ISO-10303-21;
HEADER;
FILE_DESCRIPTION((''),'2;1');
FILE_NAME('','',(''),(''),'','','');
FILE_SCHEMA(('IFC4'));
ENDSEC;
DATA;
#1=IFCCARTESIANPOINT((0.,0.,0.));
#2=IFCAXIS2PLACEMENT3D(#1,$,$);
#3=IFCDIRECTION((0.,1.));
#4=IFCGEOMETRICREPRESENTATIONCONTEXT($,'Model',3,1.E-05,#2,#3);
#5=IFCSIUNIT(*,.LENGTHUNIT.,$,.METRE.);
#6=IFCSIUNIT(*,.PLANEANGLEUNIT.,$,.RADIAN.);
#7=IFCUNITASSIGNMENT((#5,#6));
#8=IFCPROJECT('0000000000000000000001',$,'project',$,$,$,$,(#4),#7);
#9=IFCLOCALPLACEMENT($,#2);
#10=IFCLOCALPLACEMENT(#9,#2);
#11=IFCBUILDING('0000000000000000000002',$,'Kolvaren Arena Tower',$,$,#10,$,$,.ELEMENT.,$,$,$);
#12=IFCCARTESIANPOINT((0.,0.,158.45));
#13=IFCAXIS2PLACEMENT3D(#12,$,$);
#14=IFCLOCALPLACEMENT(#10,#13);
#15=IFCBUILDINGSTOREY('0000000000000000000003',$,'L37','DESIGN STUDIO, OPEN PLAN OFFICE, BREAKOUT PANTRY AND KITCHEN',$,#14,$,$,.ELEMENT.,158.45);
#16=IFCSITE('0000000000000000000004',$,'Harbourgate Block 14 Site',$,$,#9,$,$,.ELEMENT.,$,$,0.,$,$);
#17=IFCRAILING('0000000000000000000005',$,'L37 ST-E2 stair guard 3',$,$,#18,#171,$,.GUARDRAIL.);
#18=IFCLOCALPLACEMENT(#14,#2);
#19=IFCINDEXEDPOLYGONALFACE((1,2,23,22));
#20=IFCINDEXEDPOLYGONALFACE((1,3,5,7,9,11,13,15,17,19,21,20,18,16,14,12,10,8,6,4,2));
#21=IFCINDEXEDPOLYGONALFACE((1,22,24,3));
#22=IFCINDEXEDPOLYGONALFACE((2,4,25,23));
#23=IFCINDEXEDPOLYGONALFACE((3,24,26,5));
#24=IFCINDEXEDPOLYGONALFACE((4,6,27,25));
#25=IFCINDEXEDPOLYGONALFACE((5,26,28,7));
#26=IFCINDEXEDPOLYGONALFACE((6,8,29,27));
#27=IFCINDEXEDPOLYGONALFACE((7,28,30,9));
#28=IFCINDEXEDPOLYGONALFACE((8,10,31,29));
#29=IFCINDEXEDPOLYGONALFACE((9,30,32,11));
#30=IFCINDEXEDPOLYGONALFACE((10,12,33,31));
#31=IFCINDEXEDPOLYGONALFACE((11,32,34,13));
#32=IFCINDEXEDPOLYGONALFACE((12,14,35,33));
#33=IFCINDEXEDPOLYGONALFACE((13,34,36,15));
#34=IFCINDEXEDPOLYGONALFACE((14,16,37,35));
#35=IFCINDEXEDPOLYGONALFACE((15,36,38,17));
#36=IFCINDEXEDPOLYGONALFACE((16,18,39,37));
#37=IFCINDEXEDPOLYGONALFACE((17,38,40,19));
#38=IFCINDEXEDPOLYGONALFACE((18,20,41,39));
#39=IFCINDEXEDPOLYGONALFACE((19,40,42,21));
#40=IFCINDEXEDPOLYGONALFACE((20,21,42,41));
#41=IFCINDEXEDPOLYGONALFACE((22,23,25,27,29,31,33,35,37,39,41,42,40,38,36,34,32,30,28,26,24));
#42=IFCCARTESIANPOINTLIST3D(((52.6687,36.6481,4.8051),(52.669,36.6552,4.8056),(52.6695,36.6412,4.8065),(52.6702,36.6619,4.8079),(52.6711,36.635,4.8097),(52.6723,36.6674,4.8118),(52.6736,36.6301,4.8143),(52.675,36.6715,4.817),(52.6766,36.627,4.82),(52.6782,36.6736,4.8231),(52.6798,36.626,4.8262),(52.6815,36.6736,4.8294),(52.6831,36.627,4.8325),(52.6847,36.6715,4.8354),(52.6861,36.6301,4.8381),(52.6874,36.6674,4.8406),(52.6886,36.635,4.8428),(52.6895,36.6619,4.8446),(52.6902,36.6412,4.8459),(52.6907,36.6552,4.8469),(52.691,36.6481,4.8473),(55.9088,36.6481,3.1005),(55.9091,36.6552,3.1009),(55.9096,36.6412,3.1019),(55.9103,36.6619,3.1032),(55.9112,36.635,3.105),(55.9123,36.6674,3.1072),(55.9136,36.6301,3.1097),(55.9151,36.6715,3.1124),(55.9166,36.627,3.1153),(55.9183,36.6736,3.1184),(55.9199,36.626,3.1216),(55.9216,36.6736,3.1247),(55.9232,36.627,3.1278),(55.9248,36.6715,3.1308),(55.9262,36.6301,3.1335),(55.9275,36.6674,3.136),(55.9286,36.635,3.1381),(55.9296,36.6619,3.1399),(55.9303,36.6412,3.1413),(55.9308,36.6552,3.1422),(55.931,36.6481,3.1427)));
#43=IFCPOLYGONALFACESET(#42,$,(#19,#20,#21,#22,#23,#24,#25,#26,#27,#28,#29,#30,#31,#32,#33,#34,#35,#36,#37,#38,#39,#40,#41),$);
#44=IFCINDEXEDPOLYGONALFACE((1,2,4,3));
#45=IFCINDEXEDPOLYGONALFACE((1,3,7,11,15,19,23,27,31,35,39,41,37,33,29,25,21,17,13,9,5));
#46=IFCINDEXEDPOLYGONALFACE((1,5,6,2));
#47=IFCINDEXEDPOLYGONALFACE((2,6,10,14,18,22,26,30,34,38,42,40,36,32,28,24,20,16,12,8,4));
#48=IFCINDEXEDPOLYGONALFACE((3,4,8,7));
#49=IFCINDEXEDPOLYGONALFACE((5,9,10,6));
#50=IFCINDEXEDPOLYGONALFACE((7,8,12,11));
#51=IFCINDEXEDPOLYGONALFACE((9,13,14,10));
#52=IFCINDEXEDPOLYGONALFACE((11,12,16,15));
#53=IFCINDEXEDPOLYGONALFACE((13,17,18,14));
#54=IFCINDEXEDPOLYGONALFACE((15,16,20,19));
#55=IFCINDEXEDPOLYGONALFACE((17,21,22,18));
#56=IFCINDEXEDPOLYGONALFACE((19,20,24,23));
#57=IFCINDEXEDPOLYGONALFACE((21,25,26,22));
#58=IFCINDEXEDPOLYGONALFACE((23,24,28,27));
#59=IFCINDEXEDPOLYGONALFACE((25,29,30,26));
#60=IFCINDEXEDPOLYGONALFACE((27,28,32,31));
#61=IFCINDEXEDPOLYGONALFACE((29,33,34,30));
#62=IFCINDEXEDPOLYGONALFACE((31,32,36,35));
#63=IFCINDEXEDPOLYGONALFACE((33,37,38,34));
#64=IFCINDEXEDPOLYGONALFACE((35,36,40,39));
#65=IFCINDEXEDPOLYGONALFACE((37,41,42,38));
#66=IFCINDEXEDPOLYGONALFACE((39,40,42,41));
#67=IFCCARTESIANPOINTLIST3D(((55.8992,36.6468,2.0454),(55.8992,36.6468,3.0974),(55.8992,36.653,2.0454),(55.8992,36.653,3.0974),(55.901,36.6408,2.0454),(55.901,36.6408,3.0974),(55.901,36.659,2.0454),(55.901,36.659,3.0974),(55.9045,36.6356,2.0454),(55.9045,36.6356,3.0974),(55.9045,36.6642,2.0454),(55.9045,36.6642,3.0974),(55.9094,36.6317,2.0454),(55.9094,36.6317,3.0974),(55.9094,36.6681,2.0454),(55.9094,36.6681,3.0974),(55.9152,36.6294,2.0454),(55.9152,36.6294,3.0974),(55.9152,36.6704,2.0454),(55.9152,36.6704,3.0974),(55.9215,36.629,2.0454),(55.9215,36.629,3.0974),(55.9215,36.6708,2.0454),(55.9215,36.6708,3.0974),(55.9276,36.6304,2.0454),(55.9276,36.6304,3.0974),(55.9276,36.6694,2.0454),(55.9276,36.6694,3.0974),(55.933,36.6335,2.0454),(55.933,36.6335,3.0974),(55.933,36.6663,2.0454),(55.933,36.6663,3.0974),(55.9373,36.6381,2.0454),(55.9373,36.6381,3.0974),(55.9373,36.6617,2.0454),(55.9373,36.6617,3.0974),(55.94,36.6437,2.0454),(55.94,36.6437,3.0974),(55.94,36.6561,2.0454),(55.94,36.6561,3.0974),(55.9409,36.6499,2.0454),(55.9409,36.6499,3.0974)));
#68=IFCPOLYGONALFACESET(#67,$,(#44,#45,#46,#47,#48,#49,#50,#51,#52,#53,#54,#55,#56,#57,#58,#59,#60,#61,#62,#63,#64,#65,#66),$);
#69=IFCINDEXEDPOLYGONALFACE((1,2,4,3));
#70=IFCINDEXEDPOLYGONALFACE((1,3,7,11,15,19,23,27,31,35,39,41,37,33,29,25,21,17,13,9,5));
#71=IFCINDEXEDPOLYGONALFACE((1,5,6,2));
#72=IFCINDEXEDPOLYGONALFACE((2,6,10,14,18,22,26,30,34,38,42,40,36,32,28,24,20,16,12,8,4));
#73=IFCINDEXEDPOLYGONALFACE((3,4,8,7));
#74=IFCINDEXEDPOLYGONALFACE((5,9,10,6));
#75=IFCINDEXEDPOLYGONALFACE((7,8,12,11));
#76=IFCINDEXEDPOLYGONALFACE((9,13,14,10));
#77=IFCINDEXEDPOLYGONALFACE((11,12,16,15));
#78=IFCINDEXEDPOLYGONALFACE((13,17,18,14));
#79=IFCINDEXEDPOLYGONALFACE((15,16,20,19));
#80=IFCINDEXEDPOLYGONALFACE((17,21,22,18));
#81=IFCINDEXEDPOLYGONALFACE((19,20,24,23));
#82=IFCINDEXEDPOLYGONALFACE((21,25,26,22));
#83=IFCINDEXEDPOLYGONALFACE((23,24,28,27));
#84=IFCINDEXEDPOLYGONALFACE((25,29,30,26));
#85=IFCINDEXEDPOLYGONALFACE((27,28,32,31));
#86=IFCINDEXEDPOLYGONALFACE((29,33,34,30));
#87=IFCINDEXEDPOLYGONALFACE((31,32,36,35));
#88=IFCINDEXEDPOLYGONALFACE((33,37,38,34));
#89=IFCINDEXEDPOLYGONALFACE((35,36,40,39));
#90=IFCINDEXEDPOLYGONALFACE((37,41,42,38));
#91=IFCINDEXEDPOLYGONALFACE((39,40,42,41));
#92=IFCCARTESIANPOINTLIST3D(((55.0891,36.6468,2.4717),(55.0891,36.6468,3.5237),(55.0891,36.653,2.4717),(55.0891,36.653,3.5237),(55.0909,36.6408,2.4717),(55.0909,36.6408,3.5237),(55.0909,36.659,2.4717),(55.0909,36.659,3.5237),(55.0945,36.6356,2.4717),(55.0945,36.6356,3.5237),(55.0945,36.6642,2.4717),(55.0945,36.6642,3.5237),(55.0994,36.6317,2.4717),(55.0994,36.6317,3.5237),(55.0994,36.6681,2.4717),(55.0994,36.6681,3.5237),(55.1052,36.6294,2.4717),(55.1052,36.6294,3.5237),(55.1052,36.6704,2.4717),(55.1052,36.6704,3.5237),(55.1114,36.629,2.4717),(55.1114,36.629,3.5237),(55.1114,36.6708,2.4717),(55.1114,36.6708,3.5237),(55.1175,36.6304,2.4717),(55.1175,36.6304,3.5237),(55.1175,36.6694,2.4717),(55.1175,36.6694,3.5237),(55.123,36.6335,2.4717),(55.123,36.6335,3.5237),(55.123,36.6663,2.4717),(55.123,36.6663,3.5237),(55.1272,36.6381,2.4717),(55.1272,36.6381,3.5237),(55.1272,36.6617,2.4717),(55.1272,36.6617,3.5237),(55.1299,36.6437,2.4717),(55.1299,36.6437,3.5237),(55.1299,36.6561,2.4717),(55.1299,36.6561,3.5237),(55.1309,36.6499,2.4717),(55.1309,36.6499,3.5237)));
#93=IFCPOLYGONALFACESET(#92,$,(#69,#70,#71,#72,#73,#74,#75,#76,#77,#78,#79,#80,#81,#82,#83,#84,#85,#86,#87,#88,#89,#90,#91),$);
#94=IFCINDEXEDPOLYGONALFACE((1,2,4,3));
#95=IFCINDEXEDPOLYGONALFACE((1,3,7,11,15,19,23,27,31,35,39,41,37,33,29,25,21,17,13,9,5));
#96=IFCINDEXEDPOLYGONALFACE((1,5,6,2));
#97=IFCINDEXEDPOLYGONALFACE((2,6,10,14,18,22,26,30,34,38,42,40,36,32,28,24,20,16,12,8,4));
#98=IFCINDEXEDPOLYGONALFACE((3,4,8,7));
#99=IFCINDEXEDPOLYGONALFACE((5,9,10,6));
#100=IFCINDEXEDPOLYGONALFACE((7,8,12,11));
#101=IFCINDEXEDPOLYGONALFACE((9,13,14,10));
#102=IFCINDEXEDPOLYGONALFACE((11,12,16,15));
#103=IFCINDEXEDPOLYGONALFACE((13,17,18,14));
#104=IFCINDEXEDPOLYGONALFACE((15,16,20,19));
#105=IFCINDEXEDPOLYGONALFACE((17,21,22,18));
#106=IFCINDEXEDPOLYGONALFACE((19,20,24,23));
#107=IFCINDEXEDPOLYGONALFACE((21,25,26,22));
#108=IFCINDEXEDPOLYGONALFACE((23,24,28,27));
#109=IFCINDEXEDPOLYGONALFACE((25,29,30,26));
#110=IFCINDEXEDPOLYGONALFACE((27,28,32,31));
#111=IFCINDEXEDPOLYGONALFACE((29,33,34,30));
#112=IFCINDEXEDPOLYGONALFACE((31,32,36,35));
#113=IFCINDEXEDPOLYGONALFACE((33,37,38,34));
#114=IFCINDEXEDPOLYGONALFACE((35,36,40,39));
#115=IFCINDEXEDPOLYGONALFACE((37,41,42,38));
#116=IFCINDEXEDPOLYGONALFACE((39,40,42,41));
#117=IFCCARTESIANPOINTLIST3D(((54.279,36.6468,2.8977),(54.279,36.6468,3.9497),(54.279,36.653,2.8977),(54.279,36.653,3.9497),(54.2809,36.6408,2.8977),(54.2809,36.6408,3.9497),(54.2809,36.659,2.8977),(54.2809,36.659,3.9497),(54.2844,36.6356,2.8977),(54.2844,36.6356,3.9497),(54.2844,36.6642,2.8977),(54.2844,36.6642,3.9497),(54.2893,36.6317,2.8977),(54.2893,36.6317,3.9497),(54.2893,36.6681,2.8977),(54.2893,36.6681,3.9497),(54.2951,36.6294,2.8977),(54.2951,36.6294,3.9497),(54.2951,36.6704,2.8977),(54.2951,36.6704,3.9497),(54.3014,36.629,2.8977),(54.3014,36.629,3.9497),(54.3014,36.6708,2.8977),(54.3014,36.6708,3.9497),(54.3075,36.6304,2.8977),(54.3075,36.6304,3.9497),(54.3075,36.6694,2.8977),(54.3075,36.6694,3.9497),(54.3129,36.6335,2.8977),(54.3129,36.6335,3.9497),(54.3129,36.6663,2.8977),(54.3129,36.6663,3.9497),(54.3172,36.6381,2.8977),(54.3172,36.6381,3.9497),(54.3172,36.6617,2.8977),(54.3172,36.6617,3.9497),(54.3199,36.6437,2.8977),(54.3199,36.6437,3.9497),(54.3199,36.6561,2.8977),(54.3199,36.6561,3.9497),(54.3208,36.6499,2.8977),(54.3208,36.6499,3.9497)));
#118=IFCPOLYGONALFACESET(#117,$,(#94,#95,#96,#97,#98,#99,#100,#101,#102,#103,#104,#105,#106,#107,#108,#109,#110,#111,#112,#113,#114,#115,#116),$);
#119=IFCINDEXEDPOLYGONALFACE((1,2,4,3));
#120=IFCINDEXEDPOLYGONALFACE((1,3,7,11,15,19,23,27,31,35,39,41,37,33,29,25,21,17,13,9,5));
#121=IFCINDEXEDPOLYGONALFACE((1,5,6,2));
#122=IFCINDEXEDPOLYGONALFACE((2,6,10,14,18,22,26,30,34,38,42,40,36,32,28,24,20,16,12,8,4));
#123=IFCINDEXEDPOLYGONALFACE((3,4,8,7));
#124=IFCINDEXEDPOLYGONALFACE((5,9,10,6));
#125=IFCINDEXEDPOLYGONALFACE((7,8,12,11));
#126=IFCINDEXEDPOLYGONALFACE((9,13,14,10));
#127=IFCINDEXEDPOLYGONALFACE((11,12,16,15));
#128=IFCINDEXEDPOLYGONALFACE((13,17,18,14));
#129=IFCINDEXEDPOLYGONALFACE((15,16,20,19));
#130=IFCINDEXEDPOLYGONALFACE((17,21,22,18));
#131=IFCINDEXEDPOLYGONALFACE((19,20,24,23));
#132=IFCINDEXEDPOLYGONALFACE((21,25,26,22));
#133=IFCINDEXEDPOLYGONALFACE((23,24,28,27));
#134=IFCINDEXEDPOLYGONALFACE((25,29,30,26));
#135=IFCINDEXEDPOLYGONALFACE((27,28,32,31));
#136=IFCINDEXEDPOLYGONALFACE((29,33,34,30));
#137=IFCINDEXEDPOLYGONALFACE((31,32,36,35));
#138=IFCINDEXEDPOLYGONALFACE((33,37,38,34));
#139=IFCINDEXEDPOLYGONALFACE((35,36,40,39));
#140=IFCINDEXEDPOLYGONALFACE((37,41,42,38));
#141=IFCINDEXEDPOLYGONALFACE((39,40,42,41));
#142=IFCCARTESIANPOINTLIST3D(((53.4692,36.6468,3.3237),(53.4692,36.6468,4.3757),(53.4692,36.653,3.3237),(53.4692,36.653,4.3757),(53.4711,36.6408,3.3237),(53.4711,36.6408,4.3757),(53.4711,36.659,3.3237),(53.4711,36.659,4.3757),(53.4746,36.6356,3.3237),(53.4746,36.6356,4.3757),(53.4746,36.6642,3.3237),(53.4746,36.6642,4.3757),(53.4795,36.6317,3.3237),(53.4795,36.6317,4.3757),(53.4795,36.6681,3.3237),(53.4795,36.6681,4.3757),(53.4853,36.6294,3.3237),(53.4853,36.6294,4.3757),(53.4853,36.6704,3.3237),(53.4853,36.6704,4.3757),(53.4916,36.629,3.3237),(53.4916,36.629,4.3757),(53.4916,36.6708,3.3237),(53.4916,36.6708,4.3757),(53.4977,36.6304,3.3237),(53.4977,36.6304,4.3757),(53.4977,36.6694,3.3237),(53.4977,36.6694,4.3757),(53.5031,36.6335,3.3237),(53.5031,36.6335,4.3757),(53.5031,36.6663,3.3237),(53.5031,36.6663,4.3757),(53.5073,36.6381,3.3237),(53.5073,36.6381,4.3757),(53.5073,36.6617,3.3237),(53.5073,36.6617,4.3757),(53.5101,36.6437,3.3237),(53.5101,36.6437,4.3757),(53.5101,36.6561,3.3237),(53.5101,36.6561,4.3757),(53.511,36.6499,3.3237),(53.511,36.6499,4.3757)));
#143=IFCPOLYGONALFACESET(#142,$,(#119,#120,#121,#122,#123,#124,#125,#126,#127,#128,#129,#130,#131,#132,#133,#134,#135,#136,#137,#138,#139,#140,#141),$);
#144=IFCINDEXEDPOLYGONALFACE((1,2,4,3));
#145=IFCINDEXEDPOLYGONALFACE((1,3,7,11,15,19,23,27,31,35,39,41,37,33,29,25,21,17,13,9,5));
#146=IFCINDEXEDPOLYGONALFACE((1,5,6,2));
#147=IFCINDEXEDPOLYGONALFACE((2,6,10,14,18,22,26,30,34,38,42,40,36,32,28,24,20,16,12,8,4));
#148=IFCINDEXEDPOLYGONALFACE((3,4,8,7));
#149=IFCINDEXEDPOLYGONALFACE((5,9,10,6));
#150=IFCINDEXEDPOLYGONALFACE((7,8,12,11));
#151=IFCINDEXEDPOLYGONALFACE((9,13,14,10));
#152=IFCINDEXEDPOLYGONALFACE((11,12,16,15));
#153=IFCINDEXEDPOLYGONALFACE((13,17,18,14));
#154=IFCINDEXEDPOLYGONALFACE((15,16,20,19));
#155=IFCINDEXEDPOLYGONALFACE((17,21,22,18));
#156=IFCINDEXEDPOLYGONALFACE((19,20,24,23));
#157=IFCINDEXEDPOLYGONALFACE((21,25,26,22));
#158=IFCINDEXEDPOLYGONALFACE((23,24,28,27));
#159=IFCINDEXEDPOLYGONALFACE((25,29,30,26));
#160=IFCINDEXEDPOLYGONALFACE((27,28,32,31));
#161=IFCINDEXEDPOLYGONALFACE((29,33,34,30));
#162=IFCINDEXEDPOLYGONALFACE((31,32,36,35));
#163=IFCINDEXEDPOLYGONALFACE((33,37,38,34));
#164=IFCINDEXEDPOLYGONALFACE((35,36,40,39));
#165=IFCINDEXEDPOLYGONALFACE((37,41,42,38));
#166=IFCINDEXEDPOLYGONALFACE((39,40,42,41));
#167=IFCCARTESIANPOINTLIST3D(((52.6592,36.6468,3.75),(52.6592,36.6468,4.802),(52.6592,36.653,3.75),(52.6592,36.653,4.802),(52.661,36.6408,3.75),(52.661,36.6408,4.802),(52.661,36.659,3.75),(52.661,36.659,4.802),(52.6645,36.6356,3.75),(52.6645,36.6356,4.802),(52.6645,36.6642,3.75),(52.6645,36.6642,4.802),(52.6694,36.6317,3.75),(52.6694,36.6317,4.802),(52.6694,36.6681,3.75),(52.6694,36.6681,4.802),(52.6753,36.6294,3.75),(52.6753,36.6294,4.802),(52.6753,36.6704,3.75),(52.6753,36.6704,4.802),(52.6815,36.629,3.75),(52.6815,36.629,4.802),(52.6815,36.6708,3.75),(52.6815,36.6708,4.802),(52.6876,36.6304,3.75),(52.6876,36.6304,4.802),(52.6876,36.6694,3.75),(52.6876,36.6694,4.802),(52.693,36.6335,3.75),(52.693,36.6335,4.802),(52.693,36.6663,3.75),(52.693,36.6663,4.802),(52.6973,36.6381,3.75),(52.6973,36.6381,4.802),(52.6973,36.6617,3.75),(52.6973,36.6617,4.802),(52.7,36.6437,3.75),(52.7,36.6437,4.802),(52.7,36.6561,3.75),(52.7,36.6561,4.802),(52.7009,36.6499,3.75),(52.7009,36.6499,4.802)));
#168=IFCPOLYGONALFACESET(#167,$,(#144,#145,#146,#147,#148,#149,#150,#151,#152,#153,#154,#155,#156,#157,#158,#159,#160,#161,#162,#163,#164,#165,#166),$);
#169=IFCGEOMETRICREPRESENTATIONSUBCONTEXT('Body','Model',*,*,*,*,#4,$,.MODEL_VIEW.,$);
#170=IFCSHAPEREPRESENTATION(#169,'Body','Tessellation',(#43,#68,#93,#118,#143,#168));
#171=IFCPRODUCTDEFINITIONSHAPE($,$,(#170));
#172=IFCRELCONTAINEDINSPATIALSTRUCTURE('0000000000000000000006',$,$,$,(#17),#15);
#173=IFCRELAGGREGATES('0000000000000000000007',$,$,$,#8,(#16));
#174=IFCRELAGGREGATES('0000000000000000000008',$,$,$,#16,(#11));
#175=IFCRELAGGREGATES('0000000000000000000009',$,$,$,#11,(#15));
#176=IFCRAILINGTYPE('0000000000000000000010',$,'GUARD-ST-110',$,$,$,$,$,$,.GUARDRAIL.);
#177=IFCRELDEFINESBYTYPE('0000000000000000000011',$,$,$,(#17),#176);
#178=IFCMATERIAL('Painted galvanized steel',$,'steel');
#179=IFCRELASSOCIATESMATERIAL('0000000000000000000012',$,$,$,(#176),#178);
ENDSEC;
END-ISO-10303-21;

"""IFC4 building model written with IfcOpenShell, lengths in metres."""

from ifc_helpers import new_model, si_unit, direction, frame, origin, origin_2d, place, context, subcontext, project, spatial, circle, extrude, material, type_object, element, save


model = new_model("IFC4")

# Units and contexts
model_context = context("Model", 3, precision=1e-05, world=origin(), true_north=direction((0.0, 1.0)))
body_context = subcontext(model_context, "Body", "Model", "MODEL_VIEW")
ifc_project = project(units=[si_unit("LENGTHUNIT", "METRE"), si_unit("PLANEANGLEUNIT", "RADIAN")], contexts=[model_context])

# Site, building, storey
site_placement = place(None, origin())
site = spatial("IfcSite", under=ifc_project, at=site_placement, Name="Harbourgate Block 14 Site", CompositionType="ELEMENT", RefElevation=0.0)
building_placement = place(site_placement, origin())
building = spatial("IfcBuilding", under=site, at=building_placement, Name="Kolvaren Arena Tower", CompositionType="ELEMENT")
storey_placement = place(building_placement, frame((0.0, 0.0, 158.45)))
storey = spatial("IfcBuildingStorey", under=building, at=storey_placement, Name="L37", Description="DESIGN STUDIO, OPEN PLAN OFFICE, BREAKOUT PANTRY AND KITCHEN", CompositionType="ELEMENT", Elevation=158.45)

# Railing
ifc_material_1 = material(Name="Painted galvanized steel", Category="steel")
railing_type_1 = type_object("IfcRailingType", Name="GUARD-ST-110", PredefinedType="GUARDRAIL", material=ifc_material_1)
railing_1_placement = place(storey_placement, frame((55.9199, 36.6499, 2.0454)))
element("IfcRailing", 1, at=railing_1_placement, inside=storey, type_object=railing_type_1, Name="L37 ST-E2 stair guard 3", PredefinedType="GUARDRAIL", context=body_context, shape_type="SweptSolid", body=[
    extrude(circle(Radius=0.0239, at=origin_2d()), frame((0.0, 0.0, 1.0762), z_axis=(-0.884993, 0.0, 0.465604), x_axis=(0.0, -1.0, 0.0)), (0.0, 0.0, 1.0), 3.6611),
    extrude(circle(Radius=0.021, at=origin_2d()), origin(), (0.0, 0.0, 1.0), 1.052),
    extrude(circle(Radius=0.021, at=origin_2d()), frame((-0.8101, 0.0, 0.4263)), (0.0, 0.0, 1.0), 1.052),
    extrude(circle(Radius=0.021, at=origin_2d()), frame((-1.6201, 0.0, 0.8523)), (0.0, 0.0, 1.0), 1.052),
    extrude(circle(Radius=0.021, at=origin_2d()), frame((-2.4299, 0.0, 1.2783)), (0.0, 0.0, 1.0), 1.052),
    extrude(circle(Radius=0.021, at=origin_2d()), frame((-3.24, 0.0, 1.7046)), (0.0, 0.0, 1.0), 1.052),
])

save(model, "model.ifc")
